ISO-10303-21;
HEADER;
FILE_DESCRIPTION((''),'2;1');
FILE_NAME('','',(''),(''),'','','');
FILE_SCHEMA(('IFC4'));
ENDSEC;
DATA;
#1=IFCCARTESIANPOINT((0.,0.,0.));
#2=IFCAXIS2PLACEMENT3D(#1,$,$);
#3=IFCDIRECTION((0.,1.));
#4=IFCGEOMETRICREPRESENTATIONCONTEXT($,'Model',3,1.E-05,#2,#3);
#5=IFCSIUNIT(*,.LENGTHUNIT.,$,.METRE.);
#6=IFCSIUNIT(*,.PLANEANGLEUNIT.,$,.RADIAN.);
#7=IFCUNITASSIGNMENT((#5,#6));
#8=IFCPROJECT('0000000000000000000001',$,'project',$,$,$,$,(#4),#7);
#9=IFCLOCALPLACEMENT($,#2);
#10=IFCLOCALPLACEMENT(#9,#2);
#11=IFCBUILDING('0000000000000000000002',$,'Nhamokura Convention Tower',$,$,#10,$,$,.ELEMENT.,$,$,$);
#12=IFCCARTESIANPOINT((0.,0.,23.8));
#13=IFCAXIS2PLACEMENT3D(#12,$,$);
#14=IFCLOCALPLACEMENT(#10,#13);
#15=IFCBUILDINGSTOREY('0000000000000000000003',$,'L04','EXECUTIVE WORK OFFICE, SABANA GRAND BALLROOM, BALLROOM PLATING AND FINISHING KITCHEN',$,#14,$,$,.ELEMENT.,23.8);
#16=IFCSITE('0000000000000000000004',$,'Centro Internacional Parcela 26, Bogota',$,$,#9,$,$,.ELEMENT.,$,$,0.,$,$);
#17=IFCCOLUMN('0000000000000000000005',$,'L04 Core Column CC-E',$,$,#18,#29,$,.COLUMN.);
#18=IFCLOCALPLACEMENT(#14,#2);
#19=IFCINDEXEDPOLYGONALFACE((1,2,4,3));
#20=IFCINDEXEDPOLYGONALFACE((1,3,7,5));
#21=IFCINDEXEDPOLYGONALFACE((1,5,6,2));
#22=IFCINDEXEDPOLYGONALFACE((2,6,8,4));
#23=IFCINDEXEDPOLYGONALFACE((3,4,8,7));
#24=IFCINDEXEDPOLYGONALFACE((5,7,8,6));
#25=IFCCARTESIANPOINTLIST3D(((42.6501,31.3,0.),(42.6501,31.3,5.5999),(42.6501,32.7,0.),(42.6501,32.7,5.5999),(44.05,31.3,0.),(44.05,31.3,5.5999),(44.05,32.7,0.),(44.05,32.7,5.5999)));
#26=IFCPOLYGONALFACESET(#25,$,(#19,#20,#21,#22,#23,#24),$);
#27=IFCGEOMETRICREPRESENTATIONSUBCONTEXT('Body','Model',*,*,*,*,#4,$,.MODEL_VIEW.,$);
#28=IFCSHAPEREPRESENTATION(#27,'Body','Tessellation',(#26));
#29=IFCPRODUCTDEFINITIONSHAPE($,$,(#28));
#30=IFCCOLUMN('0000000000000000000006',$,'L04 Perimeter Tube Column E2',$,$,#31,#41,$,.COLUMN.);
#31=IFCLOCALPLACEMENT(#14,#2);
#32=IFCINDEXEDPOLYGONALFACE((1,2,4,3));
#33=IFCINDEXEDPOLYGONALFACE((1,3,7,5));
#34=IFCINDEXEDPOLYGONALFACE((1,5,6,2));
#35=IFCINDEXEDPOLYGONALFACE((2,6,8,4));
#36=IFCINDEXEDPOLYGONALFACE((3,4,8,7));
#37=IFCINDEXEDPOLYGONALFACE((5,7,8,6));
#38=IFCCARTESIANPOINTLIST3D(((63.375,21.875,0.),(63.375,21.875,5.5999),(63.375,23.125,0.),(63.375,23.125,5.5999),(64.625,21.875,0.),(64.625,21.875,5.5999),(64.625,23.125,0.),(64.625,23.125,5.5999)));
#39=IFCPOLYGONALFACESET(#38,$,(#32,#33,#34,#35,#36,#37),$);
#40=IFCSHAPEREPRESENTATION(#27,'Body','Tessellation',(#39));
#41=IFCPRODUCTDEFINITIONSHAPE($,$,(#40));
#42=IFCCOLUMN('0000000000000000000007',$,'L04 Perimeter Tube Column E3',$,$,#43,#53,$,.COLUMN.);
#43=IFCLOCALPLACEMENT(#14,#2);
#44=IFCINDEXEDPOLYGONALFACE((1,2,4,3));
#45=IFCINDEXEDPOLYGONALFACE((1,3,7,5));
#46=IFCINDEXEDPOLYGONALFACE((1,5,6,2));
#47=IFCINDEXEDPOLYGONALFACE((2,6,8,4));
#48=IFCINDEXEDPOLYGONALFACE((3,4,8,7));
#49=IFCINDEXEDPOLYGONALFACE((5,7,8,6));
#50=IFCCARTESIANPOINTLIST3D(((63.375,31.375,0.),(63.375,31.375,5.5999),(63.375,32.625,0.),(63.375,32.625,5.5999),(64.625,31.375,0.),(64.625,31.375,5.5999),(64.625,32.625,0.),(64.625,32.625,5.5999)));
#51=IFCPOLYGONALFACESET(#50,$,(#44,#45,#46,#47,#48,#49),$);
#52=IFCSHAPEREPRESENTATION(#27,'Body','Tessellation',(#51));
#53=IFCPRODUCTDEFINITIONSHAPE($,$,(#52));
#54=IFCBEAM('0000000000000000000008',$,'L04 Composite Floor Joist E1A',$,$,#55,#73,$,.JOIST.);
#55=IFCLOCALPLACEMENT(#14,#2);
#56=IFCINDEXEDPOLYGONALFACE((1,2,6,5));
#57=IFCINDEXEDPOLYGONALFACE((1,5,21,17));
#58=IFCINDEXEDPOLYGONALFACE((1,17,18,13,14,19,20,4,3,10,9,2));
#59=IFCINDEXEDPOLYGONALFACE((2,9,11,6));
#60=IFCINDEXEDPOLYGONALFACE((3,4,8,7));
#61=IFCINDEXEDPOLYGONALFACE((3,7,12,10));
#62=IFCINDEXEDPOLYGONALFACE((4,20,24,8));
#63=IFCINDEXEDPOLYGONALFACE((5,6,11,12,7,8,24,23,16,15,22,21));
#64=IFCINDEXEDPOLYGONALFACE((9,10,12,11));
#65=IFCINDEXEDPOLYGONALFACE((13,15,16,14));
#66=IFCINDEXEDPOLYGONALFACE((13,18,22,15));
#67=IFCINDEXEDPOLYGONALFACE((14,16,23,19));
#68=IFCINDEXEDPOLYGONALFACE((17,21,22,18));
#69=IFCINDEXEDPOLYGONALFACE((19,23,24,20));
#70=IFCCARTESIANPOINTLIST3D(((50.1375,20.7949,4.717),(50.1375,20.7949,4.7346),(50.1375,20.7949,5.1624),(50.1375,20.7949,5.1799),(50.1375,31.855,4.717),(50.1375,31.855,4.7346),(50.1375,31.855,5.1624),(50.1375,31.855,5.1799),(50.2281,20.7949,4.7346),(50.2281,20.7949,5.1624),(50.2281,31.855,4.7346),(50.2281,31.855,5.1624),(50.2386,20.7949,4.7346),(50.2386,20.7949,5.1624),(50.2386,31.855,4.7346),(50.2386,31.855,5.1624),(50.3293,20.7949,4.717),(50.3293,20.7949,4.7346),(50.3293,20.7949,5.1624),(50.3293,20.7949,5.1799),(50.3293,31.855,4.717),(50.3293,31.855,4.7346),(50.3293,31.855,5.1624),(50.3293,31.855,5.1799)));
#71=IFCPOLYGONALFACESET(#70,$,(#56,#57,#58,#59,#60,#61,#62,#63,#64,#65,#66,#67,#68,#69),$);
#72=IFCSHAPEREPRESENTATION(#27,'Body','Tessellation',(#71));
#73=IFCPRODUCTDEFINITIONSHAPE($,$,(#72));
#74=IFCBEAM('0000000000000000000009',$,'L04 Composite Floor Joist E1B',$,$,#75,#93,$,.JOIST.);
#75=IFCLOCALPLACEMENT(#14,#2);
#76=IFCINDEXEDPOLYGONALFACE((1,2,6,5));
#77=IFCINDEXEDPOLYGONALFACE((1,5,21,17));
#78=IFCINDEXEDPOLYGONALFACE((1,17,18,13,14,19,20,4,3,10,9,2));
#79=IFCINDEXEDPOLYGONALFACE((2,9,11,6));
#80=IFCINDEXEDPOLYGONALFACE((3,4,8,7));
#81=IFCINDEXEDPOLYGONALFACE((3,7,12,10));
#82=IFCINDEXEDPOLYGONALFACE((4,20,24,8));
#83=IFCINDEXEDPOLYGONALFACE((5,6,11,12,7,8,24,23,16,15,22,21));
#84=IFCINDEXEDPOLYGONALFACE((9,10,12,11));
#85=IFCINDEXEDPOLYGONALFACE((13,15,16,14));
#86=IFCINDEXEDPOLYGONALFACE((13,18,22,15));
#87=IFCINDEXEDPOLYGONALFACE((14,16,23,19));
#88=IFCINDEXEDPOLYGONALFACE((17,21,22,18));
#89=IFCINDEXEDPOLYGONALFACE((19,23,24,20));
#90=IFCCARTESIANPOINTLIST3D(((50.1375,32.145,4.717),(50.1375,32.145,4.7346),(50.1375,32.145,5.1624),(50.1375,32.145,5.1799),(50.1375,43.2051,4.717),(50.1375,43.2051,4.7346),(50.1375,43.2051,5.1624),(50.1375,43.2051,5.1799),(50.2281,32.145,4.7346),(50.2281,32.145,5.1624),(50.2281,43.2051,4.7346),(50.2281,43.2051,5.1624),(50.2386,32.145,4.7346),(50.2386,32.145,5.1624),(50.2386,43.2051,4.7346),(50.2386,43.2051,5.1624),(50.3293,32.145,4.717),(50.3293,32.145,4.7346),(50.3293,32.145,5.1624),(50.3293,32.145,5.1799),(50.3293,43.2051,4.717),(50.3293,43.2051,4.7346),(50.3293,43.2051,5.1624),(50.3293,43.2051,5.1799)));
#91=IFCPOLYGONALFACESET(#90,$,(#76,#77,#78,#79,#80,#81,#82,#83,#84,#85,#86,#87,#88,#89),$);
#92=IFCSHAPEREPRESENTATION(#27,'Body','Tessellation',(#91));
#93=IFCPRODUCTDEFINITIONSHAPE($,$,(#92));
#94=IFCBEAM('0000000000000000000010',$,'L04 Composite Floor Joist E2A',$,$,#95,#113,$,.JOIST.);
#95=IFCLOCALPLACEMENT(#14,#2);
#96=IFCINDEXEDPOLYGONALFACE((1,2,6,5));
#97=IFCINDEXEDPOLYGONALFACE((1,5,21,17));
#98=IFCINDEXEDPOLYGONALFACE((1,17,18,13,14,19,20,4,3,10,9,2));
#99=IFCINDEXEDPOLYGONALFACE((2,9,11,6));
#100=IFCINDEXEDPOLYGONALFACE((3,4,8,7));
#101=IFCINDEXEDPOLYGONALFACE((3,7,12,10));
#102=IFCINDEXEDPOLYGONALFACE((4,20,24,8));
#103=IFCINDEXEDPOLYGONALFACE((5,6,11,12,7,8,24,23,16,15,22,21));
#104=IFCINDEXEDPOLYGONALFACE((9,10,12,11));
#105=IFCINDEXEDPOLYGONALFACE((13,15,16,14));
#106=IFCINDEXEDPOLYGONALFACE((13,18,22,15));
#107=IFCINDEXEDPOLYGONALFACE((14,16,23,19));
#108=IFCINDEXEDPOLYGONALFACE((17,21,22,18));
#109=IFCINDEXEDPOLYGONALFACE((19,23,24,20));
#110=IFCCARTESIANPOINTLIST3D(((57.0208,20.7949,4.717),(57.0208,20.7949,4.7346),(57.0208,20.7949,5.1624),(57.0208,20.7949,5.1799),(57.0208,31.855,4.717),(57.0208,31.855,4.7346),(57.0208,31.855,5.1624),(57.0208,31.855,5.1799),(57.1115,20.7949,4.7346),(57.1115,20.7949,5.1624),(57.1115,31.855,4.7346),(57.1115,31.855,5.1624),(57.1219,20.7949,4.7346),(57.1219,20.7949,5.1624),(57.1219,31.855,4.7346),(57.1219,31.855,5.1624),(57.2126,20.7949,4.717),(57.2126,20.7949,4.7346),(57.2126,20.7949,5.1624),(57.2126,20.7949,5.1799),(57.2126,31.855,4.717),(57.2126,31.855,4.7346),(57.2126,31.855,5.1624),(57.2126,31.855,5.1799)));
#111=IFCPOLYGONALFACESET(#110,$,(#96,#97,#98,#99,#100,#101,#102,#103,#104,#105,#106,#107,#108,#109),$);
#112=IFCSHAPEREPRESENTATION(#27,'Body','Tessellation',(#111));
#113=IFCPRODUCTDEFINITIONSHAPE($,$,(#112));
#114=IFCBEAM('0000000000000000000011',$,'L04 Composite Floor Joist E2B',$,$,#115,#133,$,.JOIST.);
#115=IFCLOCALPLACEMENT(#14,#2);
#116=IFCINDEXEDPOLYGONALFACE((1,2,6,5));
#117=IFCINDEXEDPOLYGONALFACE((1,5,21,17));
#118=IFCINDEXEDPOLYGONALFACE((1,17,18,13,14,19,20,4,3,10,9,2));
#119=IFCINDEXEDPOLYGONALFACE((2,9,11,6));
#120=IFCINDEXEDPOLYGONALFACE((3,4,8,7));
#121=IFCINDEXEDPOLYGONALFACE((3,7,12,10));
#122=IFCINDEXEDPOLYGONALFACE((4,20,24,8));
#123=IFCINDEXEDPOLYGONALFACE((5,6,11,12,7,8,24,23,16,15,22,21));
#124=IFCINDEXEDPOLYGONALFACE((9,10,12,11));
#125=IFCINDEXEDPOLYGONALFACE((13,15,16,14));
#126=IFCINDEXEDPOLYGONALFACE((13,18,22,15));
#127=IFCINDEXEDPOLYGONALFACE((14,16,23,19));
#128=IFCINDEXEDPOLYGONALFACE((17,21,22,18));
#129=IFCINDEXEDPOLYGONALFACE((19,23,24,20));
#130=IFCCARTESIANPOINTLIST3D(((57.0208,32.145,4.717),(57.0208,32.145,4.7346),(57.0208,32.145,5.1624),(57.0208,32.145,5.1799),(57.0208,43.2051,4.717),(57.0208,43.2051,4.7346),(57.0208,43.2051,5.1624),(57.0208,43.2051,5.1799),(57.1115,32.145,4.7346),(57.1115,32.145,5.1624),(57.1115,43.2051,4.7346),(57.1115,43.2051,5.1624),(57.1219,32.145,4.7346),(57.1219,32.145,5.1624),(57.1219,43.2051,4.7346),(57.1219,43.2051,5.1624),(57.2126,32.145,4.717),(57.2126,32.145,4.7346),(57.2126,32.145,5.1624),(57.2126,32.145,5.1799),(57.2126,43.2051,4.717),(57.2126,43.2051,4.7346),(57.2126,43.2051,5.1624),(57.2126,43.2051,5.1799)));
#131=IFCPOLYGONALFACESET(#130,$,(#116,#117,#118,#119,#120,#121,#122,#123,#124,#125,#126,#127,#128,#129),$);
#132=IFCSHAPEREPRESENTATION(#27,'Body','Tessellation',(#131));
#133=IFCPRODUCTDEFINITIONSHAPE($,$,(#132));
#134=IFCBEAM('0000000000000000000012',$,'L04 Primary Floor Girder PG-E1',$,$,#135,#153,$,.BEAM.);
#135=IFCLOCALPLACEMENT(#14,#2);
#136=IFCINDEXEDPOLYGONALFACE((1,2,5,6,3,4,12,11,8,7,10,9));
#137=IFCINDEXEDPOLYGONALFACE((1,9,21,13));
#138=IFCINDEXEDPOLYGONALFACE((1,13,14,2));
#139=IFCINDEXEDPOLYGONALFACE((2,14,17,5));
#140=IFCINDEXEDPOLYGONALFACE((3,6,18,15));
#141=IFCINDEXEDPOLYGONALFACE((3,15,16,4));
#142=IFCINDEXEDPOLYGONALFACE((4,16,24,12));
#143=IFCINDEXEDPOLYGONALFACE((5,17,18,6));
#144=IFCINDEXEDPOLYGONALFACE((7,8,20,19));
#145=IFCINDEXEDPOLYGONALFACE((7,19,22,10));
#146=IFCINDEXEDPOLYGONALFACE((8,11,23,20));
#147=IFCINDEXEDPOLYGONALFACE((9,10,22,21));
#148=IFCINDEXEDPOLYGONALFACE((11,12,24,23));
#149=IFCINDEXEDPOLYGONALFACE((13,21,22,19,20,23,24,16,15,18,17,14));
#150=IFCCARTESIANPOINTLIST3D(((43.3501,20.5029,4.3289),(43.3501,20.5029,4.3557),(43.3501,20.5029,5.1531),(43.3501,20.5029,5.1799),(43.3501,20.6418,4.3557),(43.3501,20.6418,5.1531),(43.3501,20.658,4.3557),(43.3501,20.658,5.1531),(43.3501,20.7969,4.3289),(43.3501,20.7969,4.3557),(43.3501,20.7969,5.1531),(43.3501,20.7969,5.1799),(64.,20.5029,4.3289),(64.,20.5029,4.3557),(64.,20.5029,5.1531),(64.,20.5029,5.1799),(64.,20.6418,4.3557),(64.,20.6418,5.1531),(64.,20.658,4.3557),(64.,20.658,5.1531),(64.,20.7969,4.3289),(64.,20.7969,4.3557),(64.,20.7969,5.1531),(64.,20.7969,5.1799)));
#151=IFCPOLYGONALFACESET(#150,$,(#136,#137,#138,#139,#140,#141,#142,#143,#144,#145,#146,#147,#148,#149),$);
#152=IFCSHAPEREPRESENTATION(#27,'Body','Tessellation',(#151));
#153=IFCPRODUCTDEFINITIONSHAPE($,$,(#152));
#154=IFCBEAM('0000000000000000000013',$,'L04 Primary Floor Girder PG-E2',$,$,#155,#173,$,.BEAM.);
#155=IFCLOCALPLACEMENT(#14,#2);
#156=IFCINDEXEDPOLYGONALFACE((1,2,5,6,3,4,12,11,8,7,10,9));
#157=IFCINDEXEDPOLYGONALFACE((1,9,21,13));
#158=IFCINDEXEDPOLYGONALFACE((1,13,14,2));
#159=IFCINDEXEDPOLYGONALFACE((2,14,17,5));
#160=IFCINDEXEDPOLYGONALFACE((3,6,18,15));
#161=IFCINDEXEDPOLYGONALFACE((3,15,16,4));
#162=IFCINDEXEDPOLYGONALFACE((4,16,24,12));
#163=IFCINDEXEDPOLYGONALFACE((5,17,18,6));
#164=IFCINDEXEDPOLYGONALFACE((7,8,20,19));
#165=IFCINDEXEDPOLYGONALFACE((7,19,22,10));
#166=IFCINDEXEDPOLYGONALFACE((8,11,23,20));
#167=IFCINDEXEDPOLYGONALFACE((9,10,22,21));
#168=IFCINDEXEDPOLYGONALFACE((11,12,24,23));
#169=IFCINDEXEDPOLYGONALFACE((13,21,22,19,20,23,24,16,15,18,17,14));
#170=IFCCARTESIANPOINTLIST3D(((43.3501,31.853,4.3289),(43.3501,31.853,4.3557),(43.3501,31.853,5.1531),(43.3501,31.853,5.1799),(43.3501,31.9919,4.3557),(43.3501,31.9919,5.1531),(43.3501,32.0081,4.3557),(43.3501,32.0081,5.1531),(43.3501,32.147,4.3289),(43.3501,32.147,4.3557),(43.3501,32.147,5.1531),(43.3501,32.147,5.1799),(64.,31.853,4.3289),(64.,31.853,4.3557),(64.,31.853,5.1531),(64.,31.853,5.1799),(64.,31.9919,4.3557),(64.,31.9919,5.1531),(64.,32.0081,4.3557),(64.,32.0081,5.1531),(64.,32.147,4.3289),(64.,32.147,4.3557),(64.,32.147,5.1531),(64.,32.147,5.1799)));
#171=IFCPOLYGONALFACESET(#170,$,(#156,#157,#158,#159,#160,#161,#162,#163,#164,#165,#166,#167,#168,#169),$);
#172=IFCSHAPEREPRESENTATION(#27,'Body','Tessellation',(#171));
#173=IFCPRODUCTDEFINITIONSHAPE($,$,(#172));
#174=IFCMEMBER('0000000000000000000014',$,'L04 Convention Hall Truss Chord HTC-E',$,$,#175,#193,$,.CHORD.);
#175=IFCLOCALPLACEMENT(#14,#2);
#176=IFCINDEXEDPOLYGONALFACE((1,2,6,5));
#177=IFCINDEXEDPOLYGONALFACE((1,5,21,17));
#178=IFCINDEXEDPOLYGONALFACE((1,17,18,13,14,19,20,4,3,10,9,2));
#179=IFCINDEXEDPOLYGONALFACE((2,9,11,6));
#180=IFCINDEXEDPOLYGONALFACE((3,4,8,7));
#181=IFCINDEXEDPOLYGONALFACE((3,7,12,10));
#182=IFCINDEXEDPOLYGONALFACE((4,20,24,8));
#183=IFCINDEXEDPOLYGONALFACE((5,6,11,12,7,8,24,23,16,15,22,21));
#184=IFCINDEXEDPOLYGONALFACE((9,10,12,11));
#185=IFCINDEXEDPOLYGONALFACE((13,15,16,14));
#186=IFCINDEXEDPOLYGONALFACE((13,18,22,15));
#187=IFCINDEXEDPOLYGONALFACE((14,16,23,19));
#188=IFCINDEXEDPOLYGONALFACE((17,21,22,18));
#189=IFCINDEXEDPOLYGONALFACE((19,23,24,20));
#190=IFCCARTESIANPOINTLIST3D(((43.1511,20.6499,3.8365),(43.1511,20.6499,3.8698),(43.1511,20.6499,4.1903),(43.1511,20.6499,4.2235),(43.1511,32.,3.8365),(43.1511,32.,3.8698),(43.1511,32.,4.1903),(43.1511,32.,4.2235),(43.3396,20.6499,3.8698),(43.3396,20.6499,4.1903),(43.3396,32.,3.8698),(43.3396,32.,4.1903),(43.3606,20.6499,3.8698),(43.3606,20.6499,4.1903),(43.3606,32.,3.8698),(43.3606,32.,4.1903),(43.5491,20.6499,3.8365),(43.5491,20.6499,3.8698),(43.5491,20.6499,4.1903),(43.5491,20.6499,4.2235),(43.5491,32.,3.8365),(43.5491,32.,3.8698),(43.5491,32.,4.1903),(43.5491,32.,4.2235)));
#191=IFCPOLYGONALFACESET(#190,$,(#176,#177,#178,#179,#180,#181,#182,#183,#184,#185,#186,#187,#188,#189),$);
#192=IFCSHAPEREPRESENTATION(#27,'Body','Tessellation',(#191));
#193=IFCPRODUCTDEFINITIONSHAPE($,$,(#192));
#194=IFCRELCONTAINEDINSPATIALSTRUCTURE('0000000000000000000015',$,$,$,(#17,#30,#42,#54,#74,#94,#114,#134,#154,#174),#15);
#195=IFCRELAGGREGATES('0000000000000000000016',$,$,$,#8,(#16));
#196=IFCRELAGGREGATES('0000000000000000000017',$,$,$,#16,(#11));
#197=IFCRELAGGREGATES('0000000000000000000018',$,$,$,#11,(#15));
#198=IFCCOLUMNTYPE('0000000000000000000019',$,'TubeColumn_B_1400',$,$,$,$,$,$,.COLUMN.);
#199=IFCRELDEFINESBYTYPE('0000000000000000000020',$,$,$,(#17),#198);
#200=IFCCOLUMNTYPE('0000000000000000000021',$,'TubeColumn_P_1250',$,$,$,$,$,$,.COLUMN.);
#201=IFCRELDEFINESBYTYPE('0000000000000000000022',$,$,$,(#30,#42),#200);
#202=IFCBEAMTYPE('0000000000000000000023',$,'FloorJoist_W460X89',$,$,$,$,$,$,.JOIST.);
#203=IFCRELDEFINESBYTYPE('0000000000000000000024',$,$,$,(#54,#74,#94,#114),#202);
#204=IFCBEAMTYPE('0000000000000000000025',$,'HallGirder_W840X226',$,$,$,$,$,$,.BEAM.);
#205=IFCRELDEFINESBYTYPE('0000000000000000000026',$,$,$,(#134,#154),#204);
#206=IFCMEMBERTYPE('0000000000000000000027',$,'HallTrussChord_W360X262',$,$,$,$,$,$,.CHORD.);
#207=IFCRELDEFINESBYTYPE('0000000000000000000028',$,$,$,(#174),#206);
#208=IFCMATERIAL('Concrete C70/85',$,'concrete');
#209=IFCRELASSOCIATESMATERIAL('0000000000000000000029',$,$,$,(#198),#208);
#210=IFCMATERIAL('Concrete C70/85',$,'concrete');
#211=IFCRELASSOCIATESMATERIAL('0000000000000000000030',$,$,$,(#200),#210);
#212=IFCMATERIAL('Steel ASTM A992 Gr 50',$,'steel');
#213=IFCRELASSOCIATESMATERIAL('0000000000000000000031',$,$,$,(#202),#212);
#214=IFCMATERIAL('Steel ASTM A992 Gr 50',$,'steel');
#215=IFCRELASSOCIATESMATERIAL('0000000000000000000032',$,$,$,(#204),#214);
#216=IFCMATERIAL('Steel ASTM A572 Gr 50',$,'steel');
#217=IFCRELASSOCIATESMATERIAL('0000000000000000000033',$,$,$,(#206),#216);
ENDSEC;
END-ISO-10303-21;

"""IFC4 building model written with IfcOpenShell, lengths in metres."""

from ifc_helpers import new_model, si_unit, direction, frame, origin, origin_2d, place, context, subcontext, project, spatial, rectangle, i_section, extrude, material, material_profile, profile_set, type_object, element, save


model = new_model("IFC4")

# Units and contexts
model_context = context("Model", 3, precision=1e-05, world=origin(), true_north=direction((0.0, 1.0)))
body_context = subcontext(model_context, "Body", "Model", "MODEL_VIEW")
ifc_project = project(units=[si_unit("LENGTHUNIT", "METRE"), si_unit("PLANEANGLEUNIT", "RADIAN")], contexts=[model_context])

# Site, building, storey
site_placement = place(None, origin())
site = spatial("IfcSite", under=ifc_project, at=site_placement, Name="Centro Internacional Parcela 26, Bogota", CompositionType="ELEMENT", RefElevation=0.0)
building_placement = place(site_placement, origin())
building = spatial("IfcBuilding", under=site, at=building_placement, Name="Nhamokura Convention Tower", CompositionType="ELEMENT")
storey_placement = place(building_placement, frame((0.0, 0.0, 23.8)))
storey = spatial("IfcBuildingStorey", under=building, at=storey_placement, Name="L04", Description="EXECUTIVE WORK OFFICE, SABANA GRAND BALLROOM, BALLROOM PLATING AND FINISHING KITCHEN", CompositionType="ELEMENT", Elevation=23.8)

# Columns
ifc_material_1 = material(Name="Concrete C70/85", Category="concrete")
ifc_material_profile_1 = material_profile(ifc_material_1, rectangle(XDim=1.3999, YDim=1.3999, at=origin_2d()))
ifc_profile_set_1 = profile_set([ifc_material_profile_1], Name="Concrete C70/85")
column_type_1 = type_object("IfcColumnType", Name="TubeColumn_B_1400", PredefinedType="COLUMN", material=ifc_profile_set_1)
column_placement = place(storey_placement, frame((43.3501, 32.0, 0.0), z_axis=(0.0, 0.0, 1.0), x_axis=(1.0, 0.0, 0.0)))
element("IfcColumn", 1, at=column_placement, inside=storey, type_object=column_type_1, Name="L04 Core Column CC-E", PredefinedType="COLUMN", context=body_context, shape_type="SweptSolid", body=[
    extrude(rectangle(XDim=1.3999, YDim=1.3999, at=origin_2d()), origin(), (0.0, 0.0, 1.0), 5.5999),
])
ifc_material_2 = material(Name="Concrete C70/85", Category="concrete")
ifc_material_profile_2 = material_profile(ifc_material_2, rectangle(XDim=1.25, YDim=1.25, at=origin_2d()))
ifc_profile_set_2 = profile_set([ifc_material_profile_2], Name="Concrete C70/85")
column_type_2 = type_object("IfcColumnType", Name="TubeColumn_P_1250", PredefinedType="COLUMN", material=ifc_profile_set_2)
for number, where, z_axis, x_axis, name in (
    (2, (64.0, 22.5, 0.0), (0.0, 0.0, 1.0), (1.0, 0.0, 0.0), "L04 Perimeter Tube Column E2"),
    (3, (64.0, 32.0, 0.0), (0.0, 0.0, 1.0), (1.0, 0.0, 0.0), "L04 Perimeter Tube Column E3"),
):
    element("IfcColumn", number, at=place(storey_placement, frame(where, z_axis=z_axis, x_axis=x_axis)), inside=storey, type_object=column_type_2, Name=name, PredefinedType="COLUMN", context=body_context, shape_type="SweptSolid", body=[
        extrude(rectangle(XDim=1.25, YDim=1.25, at=origin_2d()), origin(), (0.0, 0.0, 1.0), 5.5999),
    ])

# Beams
ifc_material_3 = material(Name="Steel ASTM A992 Gr 50", Category="steel")
ifc_material_profile_3 = material_profile(ifc_material_3, i_section(OverallWidth=0.1919, OverallDepth=0.4629, WebThickness=0.0105, FlangeThickness=0.0176, at=origin_2d()))
ifc_profile_set_3 = profile_set([ifc_material_profile_3], Name="Steel ASTM A992 Gr 50")
beam_type_1 = type_object("IfcBeamType", Name="FloorJoist_W460X89", PredefinedType="JOIST", material=ifc_profile_set_3)
for number, where, z_axis, x_axis, name in (
    (4, (50.2334, 20.7949, 4.9485), (0.0, 1.0, 0.0), (-1.0, 0.0, 0.0), "L04 Composite Floor Joist E1A"),
    (5, (50.2334, 32.145, 4.9485), (0.0, 1.0, 0.0), (-1.0, 0.0, 0.0), "L04 Composite Floor Joist E1B"),
    (6, (57.1167, 20.7949, 4.9485), (0.0, 1.0, 0.0), (-1.0, 0.0, 0.0), "L04 Composite Floor Joist E2A"),
    (7, (57.1167, 32.145, 4.9485), (0.0, 1.0, 0.0), (-1.0, 0.0, 0.0), "L04 Composite Floor Joist E2B"),
):
    element("IfcBeam", number, at=place(storey_placement, frame(where, z_axis=z_axis, x_axis=x_axis)), inside=storey, type_object=beam_type_1, Name=name, PredefinedType="JOIST", context=body_context, shape_type="SweptSolid", body=[
        extrude(i_section(OverallWidth=0.1919, OverallDepth=0.4629, WebThickness=0.0105, FlangeThickness=0.0176, at=origin_2d()), origin(), (0.0, 0.0, 1.0), 11.0601),
    ])
ifc_material_4 = material(Name="Steel ASTM A992 Gr 50", Category="steel")
ifc_material_profile_4 = material_profile(ifc_material_4, i_section(OverallWidth=0.2939, OverallDepth=0.8511, WebThickness=0.0161, FlangeThickness=0.0269, at=origin_2d()))
ifc_profile_set_4 = profile_set([ifc_material_profile_4], Name="Steel ASTM A992 Gr 50")
beam_type_2 = type_object("IfcBeamType", Name="HallGirder_W840X226", PredefinedType="BEAM", material=ifc_profile_set_4)
for number, where, z_axis, x_axis, name in (
    (8, (43.3501, 20.6499, 4.7544), (1.0, 0.0, 0.0), (0.0, 1.0, 0.0), "L04 Primary Floor Girder PG-E1"),
    (9, (43.3501, 32.0, 4.7544), (1.0, 0.0, 0.0), (0.0, 1.0, 0.0), "L04 Primary Floor Girder PG-E2"),
):
    element("IfcBeam", number, at=place(storey_placement, frame(where, z_axis=z_axis, x_axis=x_axis)), inside=storey, type_object=beam_type_2, Name=name, PredefinedType="BEAM", context=body_context, shape_type="SweptSolid", body=[
        extrude(i_section(OverallWidth=0.2939, OverallDepth=0.8511, WebThickness=0.0161, FlangeThickness=0.0269, at=origin_2d()), origin(), (0.0, 0.0, 1.0), 20.6499),
    ])

# Member
ifc_material_5 = material(Name="Steel ASTM A572 Gr 50", Category="steel")
ifc_material_profile_5 = material_profile(ifc_material_5, i_section(OverallWidth=0.3979, OverallDepth=0.387, WebThickness=0.021, FlangeThickness=0.0332, at=origin_2d()))
ifc_profile_set_5 = profile_set([ifc_material_profile_5], Name="Steel ASTM A572 Gr 50")
member_type = type_object("IfcMemberType", Name="HallTrussChord_W360X262", PredefinedType="CHORD", material=ifc_profile_set_5)
member_placement = place(storey_placement, frame((43.3501, 20.6499, 4.03), z_axis=(0.0, 1.0, 0.0), x_axis=(-1.0, 0.0, 0.0)))
element("IfcMember", 10, at=member_placement, inside=storey, type_object=member_type, Name="L04 Convention Hall Truss Chord HTC-E", PredefinedType="CHORD", context=body_context, shape_type="SweptSolid", body=[
    extrude(i_section(OverallWidth=0.3979, OverallDepth=0.387, WebThickness=0.021, FlangeThickness=0.0332, at=origin_2d()), origin(), (0.0, 0.0, 1.0), 11.3501),
])

save(model, "model.ifc")
